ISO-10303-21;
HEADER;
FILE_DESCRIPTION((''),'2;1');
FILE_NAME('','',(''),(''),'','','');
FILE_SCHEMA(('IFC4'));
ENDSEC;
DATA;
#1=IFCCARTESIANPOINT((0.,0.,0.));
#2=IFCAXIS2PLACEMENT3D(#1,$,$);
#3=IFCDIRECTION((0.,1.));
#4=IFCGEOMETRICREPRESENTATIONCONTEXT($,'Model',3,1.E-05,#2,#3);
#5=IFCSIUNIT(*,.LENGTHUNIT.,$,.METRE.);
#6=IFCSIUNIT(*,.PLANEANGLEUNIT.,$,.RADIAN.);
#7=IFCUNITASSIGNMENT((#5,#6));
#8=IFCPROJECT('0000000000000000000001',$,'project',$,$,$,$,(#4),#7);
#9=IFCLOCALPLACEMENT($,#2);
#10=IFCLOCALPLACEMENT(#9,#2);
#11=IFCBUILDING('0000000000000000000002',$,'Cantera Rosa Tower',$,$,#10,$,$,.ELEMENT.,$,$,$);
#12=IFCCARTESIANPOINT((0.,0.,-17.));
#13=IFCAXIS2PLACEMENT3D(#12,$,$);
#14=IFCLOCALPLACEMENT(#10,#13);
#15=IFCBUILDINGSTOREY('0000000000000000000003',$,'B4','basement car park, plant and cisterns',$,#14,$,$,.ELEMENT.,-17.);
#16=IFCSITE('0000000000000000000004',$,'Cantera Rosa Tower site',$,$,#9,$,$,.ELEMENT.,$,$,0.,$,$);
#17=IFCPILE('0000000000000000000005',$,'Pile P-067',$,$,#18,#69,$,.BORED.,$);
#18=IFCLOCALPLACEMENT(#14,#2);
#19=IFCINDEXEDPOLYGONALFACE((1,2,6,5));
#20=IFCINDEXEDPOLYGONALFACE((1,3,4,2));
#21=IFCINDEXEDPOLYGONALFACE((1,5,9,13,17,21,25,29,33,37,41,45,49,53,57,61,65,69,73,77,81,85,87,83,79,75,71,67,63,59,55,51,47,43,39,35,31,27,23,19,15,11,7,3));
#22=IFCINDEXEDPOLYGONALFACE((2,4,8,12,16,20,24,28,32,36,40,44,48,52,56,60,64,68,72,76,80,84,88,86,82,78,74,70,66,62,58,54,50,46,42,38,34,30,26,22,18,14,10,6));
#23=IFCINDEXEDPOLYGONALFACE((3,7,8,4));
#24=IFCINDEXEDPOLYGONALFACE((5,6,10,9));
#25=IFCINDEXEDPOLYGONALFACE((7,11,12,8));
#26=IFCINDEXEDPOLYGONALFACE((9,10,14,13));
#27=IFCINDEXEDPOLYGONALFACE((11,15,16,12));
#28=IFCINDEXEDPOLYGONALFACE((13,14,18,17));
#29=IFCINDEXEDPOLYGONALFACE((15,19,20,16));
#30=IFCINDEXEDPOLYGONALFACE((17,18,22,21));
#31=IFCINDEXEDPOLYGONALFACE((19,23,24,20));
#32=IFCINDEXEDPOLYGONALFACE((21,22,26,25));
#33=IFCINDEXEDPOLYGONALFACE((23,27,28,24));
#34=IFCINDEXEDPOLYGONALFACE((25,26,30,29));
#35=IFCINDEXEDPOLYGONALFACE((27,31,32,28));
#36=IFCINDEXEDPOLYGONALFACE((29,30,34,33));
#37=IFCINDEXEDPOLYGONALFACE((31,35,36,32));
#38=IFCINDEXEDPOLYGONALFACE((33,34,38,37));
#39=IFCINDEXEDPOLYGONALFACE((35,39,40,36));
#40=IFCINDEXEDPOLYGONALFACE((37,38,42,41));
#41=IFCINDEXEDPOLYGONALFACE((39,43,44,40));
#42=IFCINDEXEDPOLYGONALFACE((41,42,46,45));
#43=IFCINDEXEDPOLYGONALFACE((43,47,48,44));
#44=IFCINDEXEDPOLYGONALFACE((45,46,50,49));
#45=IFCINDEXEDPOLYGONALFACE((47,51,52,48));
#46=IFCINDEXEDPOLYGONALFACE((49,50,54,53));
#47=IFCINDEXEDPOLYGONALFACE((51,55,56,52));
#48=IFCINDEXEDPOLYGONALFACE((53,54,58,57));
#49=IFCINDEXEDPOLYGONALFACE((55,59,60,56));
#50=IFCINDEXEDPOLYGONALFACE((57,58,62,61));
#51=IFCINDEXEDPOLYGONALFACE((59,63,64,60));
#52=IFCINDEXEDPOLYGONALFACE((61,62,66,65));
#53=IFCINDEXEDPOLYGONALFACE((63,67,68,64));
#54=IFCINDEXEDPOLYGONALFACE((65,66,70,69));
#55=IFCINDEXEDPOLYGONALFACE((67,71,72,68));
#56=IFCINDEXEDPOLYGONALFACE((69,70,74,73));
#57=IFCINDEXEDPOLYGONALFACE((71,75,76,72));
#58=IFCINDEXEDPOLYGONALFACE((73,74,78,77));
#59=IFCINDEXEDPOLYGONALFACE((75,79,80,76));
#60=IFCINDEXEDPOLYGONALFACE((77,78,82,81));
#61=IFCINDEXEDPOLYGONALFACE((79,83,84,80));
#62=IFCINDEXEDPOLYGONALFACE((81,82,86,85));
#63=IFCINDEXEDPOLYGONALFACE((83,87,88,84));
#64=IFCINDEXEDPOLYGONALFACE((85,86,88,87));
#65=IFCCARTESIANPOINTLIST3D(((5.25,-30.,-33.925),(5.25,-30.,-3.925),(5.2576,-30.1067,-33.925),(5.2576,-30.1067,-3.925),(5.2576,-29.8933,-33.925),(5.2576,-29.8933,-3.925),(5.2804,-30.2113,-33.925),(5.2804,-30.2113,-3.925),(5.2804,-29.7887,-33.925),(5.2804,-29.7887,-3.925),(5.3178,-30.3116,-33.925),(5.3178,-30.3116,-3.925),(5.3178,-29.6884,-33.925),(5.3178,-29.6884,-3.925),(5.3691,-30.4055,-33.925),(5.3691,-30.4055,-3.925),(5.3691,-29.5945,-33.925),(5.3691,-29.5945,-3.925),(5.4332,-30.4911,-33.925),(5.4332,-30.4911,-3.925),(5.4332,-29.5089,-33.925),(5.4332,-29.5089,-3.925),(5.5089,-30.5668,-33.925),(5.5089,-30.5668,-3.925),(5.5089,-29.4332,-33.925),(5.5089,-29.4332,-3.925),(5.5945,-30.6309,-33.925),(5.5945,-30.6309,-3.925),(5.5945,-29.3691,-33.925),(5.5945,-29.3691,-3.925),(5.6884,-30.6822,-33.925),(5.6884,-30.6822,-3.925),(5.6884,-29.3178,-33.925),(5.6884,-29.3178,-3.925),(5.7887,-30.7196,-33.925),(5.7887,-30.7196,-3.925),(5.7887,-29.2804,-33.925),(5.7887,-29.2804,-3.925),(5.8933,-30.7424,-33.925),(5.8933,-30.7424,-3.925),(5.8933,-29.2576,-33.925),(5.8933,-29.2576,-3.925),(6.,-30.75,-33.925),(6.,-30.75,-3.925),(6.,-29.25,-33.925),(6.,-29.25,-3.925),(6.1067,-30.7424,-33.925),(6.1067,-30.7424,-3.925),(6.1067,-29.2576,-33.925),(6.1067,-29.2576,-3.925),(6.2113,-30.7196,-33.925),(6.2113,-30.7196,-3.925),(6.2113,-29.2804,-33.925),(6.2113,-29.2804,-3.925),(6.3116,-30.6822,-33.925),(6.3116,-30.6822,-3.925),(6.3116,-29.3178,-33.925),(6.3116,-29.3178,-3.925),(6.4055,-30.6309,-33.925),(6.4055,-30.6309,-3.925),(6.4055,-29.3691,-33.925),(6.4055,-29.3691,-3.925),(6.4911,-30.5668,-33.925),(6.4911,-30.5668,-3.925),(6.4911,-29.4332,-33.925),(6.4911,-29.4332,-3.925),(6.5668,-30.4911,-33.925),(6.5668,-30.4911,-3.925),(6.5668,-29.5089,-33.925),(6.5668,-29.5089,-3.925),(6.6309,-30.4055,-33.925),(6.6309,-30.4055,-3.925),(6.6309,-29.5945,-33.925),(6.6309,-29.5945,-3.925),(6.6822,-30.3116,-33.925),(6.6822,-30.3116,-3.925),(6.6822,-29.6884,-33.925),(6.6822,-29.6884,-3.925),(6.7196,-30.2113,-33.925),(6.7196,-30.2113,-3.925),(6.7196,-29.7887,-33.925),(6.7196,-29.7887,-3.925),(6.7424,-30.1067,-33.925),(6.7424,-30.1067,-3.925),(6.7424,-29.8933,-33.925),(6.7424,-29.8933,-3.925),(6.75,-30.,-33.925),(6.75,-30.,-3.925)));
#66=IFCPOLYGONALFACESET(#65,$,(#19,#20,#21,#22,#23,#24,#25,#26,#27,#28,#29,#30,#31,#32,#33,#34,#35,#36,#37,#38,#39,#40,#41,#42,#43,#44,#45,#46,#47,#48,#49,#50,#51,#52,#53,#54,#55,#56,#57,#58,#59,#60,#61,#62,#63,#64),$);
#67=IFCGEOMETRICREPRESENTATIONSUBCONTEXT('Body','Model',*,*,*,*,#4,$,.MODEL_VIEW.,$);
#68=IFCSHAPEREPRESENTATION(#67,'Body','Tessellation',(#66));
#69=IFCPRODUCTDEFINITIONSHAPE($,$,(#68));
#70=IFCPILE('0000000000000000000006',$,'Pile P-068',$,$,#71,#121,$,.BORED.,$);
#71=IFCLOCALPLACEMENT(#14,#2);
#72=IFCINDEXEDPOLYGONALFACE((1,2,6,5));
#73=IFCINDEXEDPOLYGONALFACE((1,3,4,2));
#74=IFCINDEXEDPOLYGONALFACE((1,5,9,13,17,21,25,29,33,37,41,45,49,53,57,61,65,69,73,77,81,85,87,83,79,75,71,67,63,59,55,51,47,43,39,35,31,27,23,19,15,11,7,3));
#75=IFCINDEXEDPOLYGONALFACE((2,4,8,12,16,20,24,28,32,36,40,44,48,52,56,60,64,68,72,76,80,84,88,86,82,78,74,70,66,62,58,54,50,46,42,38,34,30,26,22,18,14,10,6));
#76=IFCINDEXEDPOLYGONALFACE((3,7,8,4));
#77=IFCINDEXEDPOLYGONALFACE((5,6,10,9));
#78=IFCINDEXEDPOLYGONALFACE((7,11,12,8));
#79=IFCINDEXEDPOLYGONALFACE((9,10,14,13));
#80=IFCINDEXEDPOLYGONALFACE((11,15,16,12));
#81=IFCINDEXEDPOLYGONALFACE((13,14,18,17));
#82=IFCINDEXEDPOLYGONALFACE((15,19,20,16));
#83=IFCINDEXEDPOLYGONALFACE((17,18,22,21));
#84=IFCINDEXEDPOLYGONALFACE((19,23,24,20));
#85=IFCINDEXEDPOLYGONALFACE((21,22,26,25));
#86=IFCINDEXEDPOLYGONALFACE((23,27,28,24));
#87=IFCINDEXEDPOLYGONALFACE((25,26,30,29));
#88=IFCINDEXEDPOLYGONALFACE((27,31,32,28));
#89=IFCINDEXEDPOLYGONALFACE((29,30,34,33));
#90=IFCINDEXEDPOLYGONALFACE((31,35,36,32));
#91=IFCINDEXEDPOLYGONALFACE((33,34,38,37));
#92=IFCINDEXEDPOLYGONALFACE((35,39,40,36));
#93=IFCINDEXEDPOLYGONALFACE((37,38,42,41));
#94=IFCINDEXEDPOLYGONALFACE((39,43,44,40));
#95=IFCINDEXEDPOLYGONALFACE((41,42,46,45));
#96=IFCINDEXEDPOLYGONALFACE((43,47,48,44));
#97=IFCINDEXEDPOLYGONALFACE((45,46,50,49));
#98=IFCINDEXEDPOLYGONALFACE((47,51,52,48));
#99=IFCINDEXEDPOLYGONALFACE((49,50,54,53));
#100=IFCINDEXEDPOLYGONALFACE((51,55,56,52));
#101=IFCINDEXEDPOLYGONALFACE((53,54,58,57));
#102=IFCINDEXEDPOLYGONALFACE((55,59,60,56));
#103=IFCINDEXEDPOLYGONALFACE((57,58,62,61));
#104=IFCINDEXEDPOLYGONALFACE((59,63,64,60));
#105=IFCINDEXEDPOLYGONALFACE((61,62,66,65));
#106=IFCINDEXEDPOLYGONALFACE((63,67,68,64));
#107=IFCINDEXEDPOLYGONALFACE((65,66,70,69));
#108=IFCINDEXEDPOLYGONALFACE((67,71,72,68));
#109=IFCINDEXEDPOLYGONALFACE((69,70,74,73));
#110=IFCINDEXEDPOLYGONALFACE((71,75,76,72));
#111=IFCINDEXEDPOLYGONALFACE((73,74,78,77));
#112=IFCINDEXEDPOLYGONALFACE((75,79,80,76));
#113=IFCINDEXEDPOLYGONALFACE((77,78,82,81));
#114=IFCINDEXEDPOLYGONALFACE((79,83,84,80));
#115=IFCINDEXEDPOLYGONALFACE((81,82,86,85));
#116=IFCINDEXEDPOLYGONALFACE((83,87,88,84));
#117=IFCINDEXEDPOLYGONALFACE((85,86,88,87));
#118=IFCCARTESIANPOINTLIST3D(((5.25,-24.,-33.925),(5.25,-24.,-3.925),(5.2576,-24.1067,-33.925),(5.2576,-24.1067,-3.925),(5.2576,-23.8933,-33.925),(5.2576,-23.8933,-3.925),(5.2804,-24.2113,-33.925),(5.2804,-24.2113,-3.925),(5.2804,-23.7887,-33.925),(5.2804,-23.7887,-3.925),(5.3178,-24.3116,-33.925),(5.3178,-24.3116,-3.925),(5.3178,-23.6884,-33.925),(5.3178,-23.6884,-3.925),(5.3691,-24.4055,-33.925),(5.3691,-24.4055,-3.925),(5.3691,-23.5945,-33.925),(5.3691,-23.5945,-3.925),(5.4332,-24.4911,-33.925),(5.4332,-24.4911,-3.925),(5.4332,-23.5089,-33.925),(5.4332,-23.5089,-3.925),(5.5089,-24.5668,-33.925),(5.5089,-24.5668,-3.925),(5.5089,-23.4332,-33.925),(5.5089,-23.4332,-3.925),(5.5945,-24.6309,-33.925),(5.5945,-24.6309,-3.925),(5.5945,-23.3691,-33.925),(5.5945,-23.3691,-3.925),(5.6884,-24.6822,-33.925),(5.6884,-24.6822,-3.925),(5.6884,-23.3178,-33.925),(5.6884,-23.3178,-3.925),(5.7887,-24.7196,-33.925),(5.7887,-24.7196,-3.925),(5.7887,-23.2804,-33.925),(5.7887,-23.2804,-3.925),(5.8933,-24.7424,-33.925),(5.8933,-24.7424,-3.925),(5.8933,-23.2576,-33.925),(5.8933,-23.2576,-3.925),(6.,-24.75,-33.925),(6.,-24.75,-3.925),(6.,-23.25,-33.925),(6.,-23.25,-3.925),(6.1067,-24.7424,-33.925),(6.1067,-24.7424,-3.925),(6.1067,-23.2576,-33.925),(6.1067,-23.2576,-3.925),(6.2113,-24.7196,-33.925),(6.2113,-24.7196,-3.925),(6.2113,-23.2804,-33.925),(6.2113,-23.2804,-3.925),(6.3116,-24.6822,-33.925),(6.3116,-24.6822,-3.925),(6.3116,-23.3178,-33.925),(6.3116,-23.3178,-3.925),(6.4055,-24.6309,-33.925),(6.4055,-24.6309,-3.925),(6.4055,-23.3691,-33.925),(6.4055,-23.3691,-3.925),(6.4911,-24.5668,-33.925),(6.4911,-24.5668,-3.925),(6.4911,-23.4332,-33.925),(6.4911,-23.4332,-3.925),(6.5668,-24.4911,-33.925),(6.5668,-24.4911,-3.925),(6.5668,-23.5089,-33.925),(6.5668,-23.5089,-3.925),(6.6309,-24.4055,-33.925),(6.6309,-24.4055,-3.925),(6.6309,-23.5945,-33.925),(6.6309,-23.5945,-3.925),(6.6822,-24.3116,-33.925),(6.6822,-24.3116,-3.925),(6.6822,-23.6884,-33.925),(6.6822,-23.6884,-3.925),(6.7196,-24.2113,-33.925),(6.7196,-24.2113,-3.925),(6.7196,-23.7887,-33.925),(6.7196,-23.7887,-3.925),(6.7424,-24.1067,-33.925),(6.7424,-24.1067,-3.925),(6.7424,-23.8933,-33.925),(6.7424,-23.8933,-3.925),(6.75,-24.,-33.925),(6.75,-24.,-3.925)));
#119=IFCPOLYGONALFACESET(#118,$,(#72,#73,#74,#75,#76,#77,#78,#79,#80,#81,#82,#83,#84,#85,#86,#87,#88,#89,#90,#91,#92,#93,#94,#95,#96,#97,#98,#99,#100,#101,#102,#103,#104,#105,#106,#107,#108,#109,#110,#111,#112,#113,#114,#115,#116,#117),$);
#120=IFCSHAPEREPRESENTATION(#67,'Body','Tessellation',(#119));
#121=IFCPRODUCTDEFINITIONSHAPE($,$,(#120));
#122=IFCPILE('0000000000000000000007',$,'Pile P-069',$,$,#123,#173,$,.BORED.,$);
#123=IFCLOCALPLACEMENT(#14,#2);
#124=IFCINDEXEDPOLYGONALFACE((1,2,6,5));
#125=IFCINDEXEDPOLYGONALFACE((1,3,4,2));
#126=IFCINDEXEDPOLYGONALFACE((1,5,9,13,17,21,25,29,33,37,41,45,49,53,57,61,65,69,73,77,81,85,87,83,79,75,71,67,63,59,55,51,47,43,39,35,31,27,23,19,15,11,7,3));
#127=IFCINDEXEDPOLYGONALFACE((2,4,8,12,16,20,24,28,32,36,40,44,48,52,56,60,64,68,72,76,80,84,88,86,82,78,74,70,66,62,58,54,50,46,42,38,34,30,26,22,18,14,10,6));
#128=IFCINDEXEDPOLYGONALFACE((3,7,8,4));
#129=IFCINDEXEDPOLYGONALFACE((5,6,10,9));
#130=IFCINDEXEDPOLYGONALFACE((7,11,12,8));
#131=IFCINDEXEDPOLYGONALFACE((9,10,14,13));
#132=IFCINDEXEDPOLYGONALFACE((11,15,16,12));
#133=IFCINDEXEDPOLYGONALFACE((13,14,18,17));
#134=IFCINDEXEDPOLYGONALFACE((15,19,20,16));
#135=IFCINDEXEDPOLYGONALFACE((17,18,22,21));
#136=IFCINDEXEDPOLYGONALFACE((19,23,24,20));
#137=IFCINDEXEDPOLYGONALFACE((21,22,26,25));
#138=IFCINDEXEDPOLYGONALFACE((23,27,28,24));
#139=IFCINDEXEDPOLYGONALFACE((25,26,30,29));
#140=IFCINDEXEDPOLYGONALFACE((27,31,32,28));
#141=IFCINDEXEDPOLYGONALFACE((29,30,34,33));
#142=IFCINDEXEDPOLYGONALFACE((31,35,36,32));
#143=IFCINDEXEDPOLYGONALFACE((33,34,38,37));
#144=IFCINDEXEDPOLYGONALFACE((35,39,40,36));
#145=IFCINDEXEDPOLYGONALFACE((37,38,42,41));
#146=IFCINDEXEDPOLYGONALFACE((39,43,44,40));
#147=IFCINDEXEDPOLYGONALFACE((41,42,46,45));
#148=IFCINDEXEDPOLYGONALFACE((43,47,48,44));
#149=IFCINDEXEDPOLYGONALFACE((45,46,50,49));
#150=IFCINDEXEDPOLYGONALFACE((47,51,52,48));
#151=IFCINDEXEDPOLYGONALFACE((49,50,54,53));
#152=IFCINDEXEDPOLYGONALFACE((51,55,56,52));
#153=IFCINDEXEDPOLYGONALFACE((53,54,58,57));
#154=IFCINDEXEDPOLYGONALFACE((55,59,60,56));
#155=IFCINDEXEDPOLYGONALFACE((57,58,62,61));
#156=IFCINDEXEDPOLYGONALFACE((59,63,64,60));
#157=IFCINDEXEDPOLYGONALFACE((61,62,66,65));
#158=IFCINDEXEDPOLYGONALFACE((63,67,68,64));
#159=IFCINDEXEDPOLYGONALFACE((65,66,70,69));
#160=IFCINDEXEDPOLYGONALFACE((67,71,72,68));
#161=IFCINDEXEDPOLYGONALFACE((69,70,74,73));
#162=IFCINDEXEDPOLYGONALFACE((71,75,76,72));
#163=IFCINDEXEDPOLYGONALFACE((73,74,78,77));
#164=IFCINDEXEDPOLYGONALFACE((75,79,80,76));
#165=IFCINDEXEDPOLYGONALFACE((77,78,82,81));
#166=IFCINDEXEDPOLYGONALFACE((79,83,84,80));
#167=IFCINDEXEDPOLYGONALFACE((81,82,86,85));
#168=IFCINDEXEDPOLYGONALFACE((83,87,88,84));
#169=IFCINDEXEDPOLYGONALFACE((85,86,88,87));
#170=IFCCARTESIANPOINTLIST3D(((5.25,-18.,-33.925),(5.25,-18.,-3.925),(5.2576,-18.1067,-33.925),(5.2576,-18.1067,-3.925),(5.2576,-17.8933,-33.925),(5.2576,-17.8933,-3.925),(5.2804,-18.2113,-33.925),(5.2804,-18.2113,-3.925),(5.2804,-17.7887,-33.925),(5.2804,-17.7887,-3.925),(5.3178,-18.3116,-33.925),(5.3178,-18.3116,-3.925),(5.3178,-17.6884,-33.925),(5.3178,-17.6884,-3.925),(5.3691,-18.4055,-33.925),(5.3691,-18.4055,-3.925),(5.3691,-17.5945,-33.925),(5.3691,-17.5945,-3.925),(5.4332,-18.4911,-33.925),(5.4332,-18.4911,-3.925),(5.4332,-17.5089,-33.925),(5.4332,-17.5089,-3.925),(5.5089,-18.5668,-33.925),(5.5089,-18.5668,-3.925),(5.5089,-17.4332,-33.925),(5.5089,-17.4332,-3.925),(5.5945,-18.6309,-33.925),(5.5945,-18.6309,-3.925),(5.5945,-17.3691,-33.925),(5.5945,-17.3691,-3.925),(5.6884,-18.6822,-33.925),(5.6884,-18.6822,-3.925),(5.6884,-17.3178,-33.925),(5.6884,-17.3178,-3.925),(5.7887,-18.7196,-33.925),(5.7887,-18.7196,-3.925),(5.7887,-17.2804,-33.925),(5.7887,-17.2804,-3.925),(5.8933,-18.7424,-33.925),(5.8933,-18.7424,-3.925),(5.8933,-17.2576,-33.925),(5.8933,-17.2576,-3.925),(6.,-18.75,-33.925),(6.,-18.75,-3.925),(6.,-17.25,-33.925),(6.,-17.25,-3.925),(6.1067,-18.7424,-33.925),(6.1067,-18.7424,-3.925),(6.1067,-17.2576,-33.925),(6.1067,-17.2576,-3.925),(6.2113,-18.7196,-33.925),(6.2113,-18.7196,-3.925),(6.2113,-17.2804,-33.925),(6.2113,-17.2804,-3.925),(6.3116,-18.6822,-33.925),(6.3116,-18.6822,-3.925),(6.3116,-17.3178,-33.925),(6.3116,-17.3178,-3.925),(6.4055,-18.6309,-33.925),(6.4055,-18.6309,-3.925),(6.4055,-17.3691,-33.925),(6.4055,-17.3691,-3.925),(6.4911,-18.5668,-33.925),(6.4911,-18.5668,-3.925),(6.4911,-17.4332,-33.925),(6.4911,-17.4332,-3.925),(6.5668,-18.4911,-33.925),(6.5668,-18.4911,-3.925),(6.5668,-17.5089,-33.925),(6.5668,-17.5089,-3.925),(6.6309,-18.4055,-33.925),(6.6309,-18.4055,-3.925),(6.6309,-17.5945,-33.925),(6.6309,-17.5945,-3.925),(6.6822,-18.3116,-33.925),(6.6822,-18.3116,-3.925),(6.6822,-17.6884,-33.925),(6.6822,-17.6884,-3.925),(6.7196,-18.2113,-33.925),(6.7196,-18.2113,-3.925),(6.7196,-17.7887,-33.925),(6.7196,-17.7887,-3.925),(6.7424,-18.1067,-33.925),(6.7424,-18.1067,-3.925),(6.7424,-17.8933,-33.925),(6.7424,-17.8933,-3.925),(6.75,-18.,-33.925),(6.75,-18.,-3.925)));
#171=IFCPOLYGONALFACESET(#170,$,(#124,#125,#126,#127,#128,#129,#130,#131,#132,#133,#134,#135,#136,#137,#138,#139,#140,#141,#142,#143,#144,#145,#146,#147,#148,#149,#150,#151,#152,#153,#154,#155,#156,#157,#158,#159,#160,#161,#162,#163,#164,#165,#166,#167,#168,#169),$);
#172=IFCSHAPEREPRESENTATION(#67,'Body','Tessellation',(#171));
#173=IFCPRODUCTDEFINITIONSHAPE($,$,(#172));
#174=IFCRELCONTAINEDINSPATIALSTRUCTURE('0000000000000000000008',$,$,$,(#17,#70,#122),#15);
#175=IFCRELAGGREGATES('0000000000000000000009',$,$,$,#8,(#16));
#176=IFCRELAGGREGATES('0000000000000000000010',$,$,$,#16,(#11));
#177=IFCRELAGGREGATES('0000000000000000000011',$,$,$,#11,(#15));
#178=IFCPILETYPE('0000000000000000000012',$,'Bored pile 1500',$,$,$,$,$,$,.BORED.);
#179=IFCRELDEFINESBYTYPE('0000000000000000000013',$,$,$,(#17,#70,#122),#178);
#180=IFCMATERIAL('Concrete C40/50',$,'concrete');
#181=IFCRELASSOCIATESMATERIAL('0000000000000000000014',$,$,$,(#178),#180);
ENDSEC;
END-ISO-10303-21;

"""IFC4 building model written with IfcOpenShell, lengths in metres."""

from ifc_helpers import new_model, si_unit, direction, frame, origin, origin_2d, place, context, subcontext, project, spatial, circle, extrude, material, material_profile, profile_set, type_object, element, save


model = new_model("IFC4")

# Units and contexts
model_context = context("Model", 3, precision=1e-05, world=origin(), true_north=direction((0.0, 1.0)))
body_context = subcontext(model_context, "Body", "Model", "MODEL_VIEW")
ifc_project = project(units=[si_unit("LENGTHUNIT", "METRE"), si_unit("PLANEANGLEUNIT", "RADIAN")], contexts=[model_context])

# Site, building, storey
site_placement = place(None, origin())
site = spatial("IfcSite", under=ifc_project, at=site_placement, Name="Cantera Rosa Tower site", CompositionType="ELEMENT", RefElevation=0.0)
building_placement = place(site_placement, origin())
building = spatial("IfcBuilding", under=site, at=building_placement, Name="Cantera Rosa Tower", CompositionType="ELEMENT")
storey_placement = place(building_placement, frame((0.0, 0.0, -17.0)))
storey = spatial("IfcBuildingStorey", under=building, at=storey_placement, Name="B4", Description="basement car park, plant and cisterns", CompositionType="ELEMENT", Elevation=-17.0)

# Piles
ifc_material_1 = material(Name="Concrete C40/50", Category="concrete")
ifc_material_profile_1 = material_profile(ifc_material_1, circle(Radius=0.75, at=origin_2d()), Name="Bored pile 1500")
ifc_profile_set_1 = profile_set([ifc_material_profile_1], Name="Concrete C40/50")
pile_type = type_object("IfcPileType", Name="Bored pile 1500", PredefinedType="BORED", material=ifc_profile_set_1)
for number, where, z_axis, x_axis, name in (
    (1, (6.0, -30.0, -3.925), (0.0, 0.0, -1.0), (1.0, 0.0, 0.0), "Pile P-067"),
    (2, (6.0, -24.0, -3.925), (0.0, 0.0, -1.0), (1.0, 0.0, 0.0), "Pile P-068"),
    (3, (6.0, -18.0, -3.925), (0.0, 0.0, -1.0), (1.0, 0.0, 0.0), "Pile P-069"),
):
    element("IfcPile", number, at=place(storey_placement, frame(where, z_axis=z_axis, x_axis=x_axis)), inside=storey, type_object=pile_type, Name=name, PredefinedType="BORED", context=body_context, shape_type="SweptSolid", body=[
        extrude(circle(Radius=0.75, at=origin_2d()), origin(), (0.0, 0.0, 1.0), 30.0),
    ])

save(model, "model.ifc")
